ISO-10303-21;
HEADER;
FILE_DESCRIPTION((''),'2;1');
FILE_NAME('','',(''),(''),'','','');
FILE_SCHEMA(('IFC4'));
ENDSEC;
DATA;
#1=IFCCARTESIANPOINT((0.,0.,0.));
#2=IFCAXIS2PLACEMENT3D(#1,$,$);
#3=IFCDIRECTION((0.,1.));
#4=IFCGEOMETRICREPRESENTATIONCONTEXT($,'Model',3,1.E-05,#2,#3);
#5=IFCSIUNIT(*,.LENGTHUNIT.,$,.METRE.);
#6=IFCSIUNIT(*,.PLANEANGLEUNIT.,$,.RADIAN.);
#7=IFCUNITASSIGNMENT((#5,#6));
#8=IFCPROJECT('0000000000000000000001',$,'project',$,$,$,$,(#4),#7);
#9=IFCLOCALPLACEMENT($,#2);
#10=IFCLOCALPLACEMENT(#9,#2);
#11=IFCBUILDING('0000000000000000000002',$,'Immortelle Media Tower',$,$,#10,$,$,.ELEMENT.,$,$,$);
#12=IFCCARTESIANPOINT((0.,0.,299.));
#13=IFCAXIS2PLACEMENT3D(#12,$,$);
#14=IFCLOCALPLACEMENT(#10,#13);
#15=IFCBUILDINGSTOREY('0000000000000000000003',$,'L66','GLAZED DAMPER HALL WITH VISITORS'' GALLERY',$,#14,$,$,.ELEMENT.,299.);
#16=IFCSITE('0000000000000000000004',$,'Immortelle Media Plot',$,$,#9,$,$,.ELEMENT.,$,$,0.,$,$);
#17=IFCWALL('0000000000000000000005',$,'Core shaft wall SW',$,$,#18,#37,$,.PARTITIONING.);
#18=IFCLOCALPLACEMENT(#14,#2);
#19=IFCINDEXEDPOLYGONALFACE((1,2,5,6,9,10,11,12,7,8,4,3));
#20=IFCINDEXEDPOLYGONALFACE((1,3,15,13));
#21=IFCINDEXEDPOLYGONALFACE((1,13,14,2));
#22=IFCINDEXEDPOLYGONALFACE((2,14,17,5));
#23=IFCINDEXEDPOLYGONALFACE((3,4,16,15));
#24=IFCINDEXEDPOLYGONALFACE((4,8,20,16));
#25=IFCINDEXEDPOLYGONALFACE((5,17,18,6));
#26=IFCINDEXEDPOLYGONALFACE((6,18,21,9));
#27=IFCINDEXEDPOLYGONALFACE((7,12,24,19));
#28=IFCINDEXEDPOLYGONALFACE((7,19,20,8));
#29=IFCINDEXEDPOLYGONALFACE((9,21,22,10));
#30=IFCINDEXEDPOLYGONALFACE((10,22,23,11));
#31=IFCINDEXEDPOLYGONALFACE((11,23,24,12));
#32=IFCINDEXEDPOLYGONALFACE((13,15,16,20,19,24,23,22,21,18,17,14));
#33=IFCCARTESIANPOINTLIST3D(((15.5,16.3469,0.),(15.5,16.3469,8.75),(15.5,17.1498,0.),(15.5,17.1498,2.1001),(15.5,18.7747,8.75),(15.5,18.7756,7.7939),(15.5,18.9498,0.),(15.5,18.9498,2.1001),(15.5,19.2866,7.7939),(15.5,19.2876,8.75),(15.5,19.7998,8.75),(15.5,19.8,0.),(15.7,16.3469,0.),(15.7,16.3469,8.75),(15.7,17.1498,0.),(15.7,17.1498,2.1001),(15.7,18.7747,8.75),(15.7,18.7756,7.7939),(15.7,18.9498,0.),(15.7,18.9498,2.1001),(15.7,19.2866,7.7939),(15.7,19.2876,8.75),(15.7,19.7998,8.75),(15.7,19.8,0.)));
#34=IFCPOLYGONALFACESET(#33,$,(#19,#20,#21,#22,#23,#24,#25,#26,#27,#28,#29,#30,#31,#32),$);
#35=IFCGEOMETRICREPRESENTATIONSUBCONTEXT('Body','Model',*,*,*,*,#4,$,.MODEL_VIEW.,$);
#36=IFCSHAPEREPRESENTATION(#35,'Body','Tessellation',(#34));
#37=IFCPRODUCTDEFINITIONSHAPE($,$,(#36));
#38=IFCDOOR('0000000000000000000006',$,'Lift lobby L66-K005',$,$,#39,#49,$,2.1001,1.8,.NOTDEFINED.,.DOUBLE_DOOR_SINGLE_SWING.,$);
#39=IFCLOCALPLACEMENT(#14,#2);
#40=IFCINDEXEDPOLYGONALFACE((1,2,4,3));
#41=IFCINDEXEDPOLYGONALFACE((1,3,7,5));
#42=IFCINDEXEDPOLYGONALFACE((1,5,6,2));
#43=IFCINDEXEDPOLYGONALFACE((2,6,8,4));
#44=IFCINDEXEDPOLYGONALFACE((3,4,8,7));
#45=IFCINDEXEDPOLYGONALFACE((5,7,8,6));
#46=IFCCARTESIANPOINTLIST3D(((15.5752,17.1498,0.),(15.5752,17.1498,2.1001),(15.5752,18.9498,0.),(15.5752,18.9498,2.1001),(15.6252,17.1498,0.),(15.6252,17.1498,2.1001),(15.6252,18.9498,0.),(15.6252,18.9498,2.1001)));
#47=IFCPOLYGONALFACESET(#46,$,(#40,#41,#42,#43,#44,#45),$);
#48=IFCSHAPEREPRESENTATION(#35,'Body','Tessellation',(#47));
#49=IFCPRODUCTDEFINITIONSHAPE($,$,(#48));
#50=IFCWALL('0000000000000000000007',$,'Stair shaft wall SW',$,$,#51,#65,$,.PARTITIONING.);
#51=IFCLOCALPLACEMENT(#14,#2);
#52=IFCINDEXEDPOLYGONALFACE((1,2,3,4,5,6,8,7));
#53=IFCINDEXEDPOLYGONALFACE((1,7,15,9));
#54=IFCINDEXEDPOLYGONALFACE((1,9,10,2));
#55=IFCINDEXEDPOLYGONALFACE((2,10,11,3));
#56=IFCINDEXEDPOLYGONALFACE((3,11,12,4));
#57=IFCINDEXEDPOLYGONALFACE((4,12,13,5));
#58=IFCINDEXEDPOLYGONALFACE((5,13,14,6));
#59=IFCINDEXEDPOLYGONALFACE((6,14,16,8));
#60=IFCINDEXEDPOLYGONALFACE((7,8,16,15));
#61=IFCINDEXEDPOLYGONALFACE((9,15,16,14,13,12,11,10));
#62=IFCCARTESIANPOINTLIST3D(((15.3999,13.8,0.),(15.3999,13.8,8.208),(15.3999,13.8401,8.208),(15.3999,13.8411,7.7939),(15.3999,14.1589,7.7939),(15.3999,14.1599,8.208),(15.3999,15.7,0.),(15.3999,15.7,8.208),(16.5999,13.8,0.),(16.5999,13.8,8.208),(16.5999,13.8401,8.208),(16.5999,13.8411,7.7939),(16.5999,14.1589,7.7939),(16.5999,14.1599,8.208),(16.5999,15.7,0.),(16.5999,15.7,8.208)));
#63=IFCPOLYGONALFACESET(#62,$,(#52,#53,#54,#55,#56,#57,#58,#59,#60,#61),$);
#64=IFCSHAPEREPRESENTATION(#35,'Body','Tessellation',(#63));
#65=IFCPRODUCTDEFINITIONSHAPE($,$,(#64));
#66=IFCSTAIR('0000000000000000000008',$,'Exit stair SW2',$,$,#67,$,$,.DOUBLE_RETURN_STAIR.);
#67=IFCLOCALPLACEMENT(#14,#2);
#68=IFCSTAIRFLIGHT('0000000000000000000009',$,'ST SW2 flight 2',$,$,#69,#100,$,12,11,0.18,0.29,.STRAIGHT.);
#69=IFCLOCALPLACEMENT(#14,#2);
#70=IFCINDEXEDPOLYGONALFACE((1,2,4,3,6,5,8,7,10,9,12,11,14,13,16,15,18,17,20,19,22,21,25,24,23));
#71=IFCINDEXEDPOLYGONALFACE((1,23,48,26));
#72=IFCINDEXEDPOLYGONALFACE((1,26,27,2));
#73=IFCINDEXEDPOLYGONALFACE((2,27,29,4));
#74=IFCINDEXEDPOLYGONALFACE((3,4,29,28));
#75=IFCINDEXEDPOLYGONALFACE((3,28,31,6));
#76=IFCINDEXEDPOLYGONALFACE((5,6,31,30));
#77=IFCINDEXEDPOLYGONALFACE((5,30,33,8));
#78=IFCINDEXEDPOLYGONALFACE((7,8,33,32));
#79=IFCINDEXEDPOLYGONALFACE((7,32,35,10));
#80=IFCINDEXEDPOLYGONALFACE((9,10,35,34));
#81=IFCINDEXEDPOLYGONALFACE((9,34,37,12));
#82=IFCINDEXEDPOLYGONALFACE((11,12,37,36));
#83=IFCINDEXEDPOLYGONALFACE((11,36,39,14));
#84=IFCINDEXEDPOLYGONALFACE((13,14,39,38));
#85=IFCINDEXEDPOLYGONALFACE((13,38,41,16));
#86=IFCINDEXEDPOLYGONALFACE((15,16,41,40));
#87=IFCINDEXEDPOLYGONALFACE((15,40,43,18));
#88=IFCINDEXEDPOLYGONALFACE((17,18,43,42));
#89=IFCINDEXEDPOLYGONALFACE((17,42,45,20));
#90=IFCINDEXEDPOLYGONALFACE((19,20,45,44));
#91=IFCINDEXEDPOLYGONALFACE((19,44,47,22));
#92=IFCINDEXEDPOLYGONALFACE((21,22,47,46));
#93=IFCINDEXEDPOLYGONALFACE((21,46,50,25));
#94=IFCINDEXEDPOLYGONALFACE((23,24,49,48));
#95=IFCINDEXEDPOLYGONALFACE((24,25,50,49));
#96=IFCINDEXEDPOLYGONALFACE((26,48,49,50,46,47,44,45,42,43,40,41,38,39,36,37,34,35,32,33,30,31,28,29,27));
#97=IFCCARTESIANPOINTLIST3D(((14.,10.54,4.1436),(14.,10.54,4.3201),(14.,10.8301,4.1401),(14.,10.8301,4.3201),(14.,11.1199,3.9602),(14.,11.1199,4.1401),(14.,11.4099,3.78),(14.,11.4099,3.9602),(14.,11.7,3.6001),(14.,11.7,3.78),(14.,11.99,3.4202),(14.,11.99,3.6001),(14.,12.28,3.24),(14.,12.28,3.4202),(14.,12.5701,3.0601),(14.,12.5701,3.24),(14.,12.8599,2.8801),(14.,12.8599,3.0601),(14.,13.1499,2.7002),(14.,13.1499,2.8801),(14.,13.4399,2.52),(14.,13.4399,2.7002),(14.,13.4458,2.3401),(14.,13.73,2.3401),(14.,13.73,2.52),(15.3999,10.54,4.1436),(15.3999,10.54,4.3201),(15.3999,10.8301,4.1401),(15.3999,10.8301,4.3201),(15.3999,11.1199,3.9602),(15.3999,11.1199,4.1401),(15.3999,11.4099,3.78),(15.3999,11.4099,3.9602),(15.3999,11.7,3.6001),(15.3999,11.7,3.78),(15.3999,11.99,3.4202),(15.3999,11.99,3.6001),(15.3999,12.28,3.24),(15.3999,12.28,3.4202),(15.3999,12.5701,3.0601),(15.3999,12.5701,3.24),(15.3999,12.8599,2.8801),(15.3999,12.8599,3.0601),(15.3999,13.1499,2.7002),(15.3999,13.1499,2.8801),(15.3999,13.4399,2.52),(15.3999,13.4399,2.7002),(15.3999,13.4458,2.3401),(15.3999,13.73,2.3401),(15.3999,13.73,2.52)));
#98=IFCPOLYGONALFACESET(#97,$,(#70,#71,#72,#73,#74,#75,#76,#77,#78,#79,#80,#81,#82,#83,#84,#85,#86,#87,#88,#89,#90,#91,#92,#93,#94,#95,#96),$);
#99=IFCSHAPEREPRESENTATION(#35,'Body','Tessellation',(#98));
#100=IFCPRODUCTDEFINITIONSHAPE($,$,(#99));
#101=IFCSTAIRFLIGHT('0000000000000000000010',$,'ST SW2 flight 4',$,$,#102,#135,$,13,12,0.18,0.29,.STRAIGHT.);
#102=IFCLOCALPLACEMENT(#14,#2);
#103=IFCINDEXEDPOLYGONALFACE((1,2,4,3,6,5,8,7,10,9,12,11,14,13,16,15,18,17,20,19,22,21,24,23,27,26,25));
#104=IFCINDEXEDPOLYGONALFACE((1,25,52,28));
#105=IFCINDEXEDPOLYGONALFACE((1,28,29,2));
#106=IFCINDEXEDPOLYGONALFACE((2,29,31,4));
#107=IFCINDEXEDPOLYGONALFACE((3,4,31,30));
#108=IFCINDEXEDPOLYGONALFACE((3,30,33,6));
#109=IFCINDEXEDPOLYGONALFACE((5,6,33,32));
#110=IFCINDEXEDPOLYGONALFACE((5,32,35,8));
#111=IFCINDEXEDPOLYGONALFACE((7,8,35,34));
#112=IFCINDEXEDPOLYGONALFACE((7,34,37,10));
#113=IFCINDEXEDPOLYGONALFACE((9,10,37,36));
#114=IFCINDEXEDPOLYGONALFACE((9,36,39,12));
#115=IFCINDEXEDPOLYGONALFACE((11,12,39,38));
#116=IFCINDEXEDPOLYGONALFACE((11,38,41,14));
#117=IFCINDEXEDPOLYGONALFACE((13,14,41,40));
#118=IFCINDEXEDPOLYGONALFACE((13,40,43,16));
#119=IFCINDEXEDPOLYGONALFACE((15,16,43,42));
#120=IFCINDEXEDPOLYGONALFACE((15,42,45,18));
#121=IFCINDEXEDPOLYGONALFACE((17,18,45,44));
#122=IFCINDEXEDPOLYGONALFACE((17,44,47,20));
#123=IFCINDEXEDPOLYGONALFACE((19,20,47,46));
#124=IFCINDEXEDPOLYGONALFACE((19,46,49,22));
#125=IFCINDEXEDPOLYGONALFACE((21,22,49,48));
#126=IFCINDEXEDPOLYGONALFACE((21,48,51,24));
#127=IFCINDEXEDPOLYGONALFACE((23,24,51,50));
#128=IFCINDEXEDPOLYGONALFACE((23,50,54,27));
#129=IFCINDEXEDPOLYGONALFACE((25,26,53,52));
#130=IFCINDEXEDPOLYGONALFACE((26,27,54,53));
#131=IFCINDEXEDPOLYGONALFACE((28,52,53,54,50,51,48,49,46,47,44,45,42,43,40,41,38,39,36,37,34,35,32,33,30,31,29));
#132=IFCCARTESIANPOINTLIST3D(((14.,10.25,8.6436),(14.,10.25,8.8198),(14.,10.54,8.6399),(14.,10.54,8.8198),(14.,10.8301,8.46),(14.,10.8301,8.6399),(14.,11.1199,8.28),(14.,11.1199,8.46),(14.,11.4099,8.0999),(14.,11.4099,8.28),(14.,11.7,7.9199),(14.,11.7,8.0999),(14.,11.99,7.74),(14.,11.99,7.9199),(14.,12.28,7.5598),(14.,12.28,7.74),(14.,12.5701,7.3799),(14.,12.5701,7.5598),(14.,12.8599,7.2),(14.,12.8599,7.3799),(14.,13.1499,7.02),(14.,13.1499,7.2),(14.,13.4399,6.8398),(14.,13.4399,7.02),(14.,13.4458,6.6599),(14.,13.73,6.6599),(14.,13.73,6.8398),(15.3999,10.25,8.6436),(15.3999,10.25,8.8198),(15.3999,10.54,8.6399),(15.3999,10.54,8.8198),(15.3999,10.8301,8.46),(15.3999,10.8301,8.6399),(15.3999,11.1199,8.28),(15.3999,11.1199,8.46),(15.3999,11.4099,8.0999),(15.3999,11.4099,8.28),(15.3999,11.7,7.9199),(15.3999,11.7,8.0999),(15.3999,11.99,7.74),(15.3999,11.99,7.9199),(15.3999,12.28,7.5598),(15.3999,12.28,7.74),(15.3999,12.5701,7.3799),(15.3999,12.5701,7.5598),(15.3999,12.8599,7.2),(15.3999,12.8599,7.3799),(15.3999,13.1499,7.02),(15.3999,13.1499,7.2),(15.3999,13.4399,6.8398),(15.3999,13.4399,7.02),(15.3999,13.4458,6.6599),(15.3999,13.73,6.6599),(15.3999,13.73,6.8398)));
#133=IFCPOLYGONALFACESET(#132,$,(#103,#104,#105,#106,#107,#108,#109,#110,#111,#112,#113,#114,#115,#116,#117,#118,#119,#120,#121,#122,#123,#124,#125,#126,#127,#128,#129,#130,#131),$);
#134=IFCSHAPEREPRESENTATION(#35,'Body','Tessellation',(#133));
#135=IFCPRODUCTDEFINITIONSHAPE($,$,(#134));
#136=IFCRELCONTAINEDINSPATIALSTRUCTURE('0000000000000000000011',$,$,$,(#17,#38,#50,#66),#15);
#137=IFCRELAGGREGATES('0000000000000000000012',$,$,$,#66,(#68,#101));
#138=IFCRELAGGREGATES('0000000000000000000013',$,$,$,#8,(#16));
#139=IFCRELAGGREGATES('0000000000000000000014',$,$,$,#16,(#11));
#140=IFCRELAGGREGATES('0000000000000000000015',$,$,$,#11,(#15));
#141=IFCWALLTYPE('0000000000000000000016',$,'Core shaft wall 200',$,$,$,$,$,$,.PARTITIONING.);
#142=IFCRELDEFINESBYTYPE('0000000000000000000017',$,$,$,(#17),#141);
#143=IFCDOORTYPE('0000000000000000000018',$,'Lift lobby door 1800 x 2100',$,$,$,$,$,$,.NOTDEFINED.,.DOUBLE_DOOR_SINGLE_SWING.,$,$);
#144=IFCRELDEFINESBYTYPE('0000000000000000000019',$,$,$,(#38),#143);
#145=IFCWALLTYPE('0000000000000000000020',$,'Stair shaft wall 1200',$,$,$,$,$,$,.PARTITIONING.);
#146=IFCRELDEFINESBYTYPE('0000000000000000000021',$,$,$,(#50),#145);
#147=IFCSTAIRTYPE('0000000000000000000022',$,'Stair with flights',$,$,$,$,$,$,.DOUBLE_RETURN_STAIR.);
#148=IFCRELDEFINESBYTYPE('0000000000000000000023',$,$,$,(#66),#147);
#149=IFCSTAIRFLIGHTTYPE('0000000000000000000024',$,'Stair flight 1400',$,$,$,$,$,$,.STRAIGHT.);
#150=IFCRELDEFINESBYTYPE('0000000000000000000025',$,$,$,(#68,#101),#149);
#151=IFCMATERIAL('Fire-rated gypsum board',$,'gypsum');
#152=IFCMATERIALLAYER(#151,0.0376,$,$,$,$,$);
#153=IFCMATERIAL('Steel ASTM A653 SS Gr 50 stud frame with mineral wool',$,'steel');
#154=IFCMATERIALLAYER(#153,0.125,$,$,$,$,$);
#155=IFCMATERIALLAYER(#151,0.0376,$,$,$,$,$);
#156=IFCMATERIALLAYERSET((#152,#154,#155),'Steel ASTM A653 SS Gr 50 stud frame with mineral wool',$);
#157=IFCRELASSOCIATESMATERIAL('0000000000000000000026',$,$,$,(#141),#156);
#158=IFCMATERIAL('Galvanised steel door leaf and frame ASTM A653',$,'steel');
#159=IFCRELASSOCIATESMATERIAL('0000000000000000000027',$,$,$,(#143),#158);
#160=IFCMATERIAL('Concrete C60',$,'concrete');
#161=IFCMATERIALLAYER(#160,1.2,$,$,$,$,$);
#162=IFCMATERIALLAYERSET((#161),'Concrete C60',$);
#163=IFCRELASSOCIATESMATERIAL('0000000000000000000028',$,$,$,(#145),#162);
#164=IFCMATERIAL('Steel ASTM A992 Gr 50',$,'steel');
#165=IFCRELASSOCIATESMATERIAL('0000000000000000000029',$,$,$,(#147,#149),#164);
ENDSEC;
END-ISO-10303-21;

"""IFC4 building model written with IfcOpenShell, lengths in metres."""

from ifc_helpers import new_model, si_unit, direction, frame, frame_2d, origin, place, context, subcontext, project, spatial, polyline, rectangle, outline, extrude, material, layer, layer_set, type_object, element, fill, aggregate, save


model = new_model("IFC4")

# Units and contexts
model_context = context("Model", 3, precision=1e-05, world=origin(), true_north=direction((0.0, 1.0)))
body_context = subcontext(model_context, "Body", "Model", "MODEL_VIEW")
ifc_project = project(units=[si_unit("LENGTHUNIT", "METRE"), si_unit("PLANEANGLEUNIT", "RADIAN")], contexts=[model_context])

# Site, building, storey
site_placement = place(None, origin())
site = spatial("IfcSite", under=ifc_project, at=site_placement, Name="Immortelle Media Plot", CompositionType="ELEMENT", RefElevation=0.0)
building_placement = place(site_placement, origin())
building = spatial("IfcBuilding", under=site, at=building_placement, Name="Immortelle Media Tower", CompositionType="ELEMENT")
storey_placement = place(building_placement, frame((0.0, 0.0, 299.0)))
storey = spatial("IfcBuildingStorey", under=building, at=storey_placement, Name="L66", Description="GLAZED DAMPER HALL WITH VISITORS' GALLERY", CompositionType="ELEMENT", Elevation=299.0)

# Shared definitions
ifc_material_1 = material(Name="Steel ASTM A992 Gr 50", Category="steel")

# Shared definitions
ifc_material_2 = material(Name="Fire-rated gypsum board", Category="gypsum")
ifc_material_3 = material(Name="Steel ASTM A653 SS Gr 50 stud frame with mineral wool", Category="steel")
ifc_layer_1 = layer(ifc_material_2, 0.0376)
ifc_layer_2 = layer(ifc_material_3, 0.125)
ifc_layer_3 = layer(ifc_material_2, 0.0376)
ifc_layer_set_1 = layer_set([ifc_layer_1, ifc_layer_2, ifc_layer_3], Name="Steel ASTM A653 SS Gr 50 stud frame with mineral wool")
wall_type_1 = type_object("IfcWallType", Name="Core shaft wall 200", PredefinedType="PARTITIONING", material=ifc_layer_set_1)

# Wall, opening, door
wall_1_placement = place(storey_placement, frame((15.6001, 16.3469, 0.0), z_axis=(0.0, 0.0, 1.0), x_axis=(0.0, 1.0, 0.0)))
wall_1 = element("IfcWall", 1, at=wall_1_placement, inside=storey, type_object=wall_type_1, Name="Core shaft wall SW", PredefinedType="PARTITIONING", context=body_context, shape_type="SweptSolid", body=[
    extrude(outline(polyline([(0.0, 0.0), (3.4531, 0.0), (3.4529, 8.75), (2.9407, 8.75), (2.9397, 7.7939), (2.4287, 7.7939), (2.4277, 8.75), (0.0, 8.75), (0.0, 0.0)])), frame((0.0, 0.1001, 0.0), z_axis=(0.0, -1.0, 0.0), x_axis=(1.0, 0.0, 0.0)), (0.0, 0.0, 1.0), 0.2),
])
opening_1_placement = place(wall_1_placement, frame((0.803, 0.0, 0.0)))
opening_1 = element("IfcOpeningElement", 2, at=opening_1_placement, cuts=wall_1, PredefinedType="OPENING", context=body_context, shape_type="SweptSolid", body=[
    extrude(rectangle(XDim=1.8, YDim=2.1001, at=frame_2d((0.8999, 1.05))), frame((0.0, 0.1099, 0.0), z_axis=(0.0, -1.0, 0.0), x_axis=(1.0, 0.0, 0.0)), (0.0, 0.0, 1.0), 0.22),
])
ifc_material_4 = material(Name="Galvanised steel door leaf and frame ASTM A653", Category="steel")
door_type_1 = type_object("IfcDoorType", Name="Lift lobby door 1800 x 2100", OperationType="DOUBLE_DOOR_SINGLE_SWING", PredefinedType="NOTDEFINED", material=ifc_material_4)
door_1_placement = place(opening_1_placement, origin())
door_1 = element("IfcDoor", 3, at=door_1_placement, inside=storey, type_object=door_type_1, Name="Lift lobby L66-K005", OperationType="DOUBLE_DOOR_SINGLE_SWING", OverallHeight=2.1001, OverallWidth=1.8, PredefinedType="NOTDEFINED", context=body_context, shape_type="SweptSolid", body=[
    extrude(rectangle(XDim=1.8, YDim=2.1001, at=frame_2d((0.8999, 1.05))), frame((0.0, 0.0249, 0.0), z_axis=(0.0, -1.0, 0.0), x_axis=(1.0, 0.0, 0.0)), (0.0, 0.0, 1.0), 0.05),
])
fill(opening_1, door_1)

# Wall
ifc_material_5 = material(Name="Concrete C60", Category="concrete")
ifc_layer_4 = layer(ifc_material_5, 1.2)
ifc_layer_set_2 = layer_set([ifc_layer_4], Name="Concrete C60")
wall_type_2 = type_object("IfcWallType", Name="Stair shaft wall 1200", PredefinedType="PARTITIONING", material=ifc_layer_set_2)
wall_2_placement = place(storey_placement, frame((16.0, 13.8, 0.0), z_axis=(0.0, 0.0, 1.0), x_axis=(0.0, 1.0, 0.0)))
element("IfcWall", 4, at=wall_2_placement, inside=storey, type_object=wall_type_2, Name="Stair shaft wall SW", PredefinedType="PARTITIONING", context=body_context, shape_type="SweptSolid", body=[
    extrude(outline(polyline([(0.0, 0.0), (1.8999, 0.0), (1.8999, 8.208), (0.3599, 8.208), (0.3589, 7.7939), (0.041, 7.7939), (0.04, 8.208), (0.0, 8.208), (0.0, 0.0)])), frame((0.0, 0.6001, 0.0), z_axis=(0.0, -1.0, 0.0), x_axis=(1.0, 0.0, 0.0)), (0.0, 0.0, 1.0), 1.2),
])

# Stair, stair flights
stair_type = type_object("IfcStairType", Name="Stair with flights", PredefinedType="DOUBLE_RETURN_STAIR", material=ifc_material_1)
stair_placement = place(storey_placement, origin())
stair = element("IfcStair", 5, at=stair_placement, inside=storey, type_object=stair_type, Name="Exit stair SW2", PredefinedType="DOUBLE_RETURN_STAIR")
stair_flight_type = type_object("IfcStairFlightType", Name="Stair flight 1400", PredefinedType="STRAIGHT", material=ifc_material_1)
stair_flight_1_placement = place(storey_placement, frame((14.7, 13.73, 2.3401), z_axis=(0.0, 0.0, 1.0), x_axis=(0.0, -1.0, 0.0)))
stair_flight_1 = element("IfcStairFlight", 6, at=stair_flight_1_placement, type_object=stair_flight_type, Name="ST SW2 flight 2", NumberOfRisers=12, NumberOfTreads=11, PredefinedType="STRAIGHT", RiserHeight=0.18, TreadLength=0.29, context=body_context, shape_type="SweptSolid", body=[
    extrude(outline(polyline([(0.0, 0.0), (0.0, 0.1799), (0.29, 0.1799), (0.29, 0.3601), (0.5801, 0.3601), (0.5801, 0.54), (0.8701, 0.54), (0.8701, 0.72), (1.1599, 0.72), (1.1599, 0.8999), (1.45, 0.8999), (1.45, 1.0801), (1.74, 1.0801), (1.74, 1.26), (2.03, 1.26), (2.03, 1.4399), (2.3201, 1.4399), (2.3201, 1.6201), (2.6101, 1.6201), (2.6101, 1.8), (2.8999, 1.8), (2.8999, 1.98), (3.1899, 1.98), (3.1899, 2.1599), (3.1899, 1.8035), (0.2842, 0.0), (0.0, 0.0)])), frame((0.0, 0.7, 0.0), z_axis=(0.0, -1.0, 0.0), x_axis=(1.0, 0.0, 0.0)), (0.0, 0.0, 1.0), 1.3999),
])
stair_flight_2_placement = place(storey_placement, frame((14.7, 13.73, 6.6599), z_axis=(0.0, 0.0, 1.0), x_axis=(0.0, -1.0, 0.0)))
stair_flight_2 = element("IfcStairFlight", 7, at=stair_flight_2_placement, type_object=stair_flight_type, Name="ST SW2 flight 4", NumberOfRisers=13, NumberOfTreads=12, PredefinedType="STRAIGHT", RiserHeight=0.18, TreadLength=0.29, context=body_context, shape_type="SweptSolid", body=[
    extrude(outline(polyline([(0.0, 0.0), (0.0, 0.1799), (0.29, 0.1799), (0.29, 0.3601), (0.5801, 0.3601), (0.5801, 0.54), (0.8701, 0.54), (0.8701, 0.72), (1.1599, 0.72), (1.1599, 0.8999), (1.45, 0.8999), (1.45, 1.0801), (1.74, 1.0801), (1.74, 1.26), (2.03, 1.26), (2.03, 1.4399), (2.3201, 1.4399), (2.3201, 1.6201), (2.6101, 1.6201), (2.6101, 1.8), (2.8999, 1.8), (2.8999, 1.98), (3.1899, 1.98), (3.1899, 2.1599), (3.48, 2.1599), (3.48, 2.3401), (3.48, 1.9836), (0.2842, 0.0), (0.0, 0.0)])), frame((0.0, 0.7, 0.0), z_axis=(0.0, -1.0, 0.0), x_axis=(1.0, 0.0, 0.0)), (0.0, 0.0, 1.0), 1.3999),
])
aggregate(stair, [stair_flight_1, stair_flight_2])

save(model, "model.ifc")
